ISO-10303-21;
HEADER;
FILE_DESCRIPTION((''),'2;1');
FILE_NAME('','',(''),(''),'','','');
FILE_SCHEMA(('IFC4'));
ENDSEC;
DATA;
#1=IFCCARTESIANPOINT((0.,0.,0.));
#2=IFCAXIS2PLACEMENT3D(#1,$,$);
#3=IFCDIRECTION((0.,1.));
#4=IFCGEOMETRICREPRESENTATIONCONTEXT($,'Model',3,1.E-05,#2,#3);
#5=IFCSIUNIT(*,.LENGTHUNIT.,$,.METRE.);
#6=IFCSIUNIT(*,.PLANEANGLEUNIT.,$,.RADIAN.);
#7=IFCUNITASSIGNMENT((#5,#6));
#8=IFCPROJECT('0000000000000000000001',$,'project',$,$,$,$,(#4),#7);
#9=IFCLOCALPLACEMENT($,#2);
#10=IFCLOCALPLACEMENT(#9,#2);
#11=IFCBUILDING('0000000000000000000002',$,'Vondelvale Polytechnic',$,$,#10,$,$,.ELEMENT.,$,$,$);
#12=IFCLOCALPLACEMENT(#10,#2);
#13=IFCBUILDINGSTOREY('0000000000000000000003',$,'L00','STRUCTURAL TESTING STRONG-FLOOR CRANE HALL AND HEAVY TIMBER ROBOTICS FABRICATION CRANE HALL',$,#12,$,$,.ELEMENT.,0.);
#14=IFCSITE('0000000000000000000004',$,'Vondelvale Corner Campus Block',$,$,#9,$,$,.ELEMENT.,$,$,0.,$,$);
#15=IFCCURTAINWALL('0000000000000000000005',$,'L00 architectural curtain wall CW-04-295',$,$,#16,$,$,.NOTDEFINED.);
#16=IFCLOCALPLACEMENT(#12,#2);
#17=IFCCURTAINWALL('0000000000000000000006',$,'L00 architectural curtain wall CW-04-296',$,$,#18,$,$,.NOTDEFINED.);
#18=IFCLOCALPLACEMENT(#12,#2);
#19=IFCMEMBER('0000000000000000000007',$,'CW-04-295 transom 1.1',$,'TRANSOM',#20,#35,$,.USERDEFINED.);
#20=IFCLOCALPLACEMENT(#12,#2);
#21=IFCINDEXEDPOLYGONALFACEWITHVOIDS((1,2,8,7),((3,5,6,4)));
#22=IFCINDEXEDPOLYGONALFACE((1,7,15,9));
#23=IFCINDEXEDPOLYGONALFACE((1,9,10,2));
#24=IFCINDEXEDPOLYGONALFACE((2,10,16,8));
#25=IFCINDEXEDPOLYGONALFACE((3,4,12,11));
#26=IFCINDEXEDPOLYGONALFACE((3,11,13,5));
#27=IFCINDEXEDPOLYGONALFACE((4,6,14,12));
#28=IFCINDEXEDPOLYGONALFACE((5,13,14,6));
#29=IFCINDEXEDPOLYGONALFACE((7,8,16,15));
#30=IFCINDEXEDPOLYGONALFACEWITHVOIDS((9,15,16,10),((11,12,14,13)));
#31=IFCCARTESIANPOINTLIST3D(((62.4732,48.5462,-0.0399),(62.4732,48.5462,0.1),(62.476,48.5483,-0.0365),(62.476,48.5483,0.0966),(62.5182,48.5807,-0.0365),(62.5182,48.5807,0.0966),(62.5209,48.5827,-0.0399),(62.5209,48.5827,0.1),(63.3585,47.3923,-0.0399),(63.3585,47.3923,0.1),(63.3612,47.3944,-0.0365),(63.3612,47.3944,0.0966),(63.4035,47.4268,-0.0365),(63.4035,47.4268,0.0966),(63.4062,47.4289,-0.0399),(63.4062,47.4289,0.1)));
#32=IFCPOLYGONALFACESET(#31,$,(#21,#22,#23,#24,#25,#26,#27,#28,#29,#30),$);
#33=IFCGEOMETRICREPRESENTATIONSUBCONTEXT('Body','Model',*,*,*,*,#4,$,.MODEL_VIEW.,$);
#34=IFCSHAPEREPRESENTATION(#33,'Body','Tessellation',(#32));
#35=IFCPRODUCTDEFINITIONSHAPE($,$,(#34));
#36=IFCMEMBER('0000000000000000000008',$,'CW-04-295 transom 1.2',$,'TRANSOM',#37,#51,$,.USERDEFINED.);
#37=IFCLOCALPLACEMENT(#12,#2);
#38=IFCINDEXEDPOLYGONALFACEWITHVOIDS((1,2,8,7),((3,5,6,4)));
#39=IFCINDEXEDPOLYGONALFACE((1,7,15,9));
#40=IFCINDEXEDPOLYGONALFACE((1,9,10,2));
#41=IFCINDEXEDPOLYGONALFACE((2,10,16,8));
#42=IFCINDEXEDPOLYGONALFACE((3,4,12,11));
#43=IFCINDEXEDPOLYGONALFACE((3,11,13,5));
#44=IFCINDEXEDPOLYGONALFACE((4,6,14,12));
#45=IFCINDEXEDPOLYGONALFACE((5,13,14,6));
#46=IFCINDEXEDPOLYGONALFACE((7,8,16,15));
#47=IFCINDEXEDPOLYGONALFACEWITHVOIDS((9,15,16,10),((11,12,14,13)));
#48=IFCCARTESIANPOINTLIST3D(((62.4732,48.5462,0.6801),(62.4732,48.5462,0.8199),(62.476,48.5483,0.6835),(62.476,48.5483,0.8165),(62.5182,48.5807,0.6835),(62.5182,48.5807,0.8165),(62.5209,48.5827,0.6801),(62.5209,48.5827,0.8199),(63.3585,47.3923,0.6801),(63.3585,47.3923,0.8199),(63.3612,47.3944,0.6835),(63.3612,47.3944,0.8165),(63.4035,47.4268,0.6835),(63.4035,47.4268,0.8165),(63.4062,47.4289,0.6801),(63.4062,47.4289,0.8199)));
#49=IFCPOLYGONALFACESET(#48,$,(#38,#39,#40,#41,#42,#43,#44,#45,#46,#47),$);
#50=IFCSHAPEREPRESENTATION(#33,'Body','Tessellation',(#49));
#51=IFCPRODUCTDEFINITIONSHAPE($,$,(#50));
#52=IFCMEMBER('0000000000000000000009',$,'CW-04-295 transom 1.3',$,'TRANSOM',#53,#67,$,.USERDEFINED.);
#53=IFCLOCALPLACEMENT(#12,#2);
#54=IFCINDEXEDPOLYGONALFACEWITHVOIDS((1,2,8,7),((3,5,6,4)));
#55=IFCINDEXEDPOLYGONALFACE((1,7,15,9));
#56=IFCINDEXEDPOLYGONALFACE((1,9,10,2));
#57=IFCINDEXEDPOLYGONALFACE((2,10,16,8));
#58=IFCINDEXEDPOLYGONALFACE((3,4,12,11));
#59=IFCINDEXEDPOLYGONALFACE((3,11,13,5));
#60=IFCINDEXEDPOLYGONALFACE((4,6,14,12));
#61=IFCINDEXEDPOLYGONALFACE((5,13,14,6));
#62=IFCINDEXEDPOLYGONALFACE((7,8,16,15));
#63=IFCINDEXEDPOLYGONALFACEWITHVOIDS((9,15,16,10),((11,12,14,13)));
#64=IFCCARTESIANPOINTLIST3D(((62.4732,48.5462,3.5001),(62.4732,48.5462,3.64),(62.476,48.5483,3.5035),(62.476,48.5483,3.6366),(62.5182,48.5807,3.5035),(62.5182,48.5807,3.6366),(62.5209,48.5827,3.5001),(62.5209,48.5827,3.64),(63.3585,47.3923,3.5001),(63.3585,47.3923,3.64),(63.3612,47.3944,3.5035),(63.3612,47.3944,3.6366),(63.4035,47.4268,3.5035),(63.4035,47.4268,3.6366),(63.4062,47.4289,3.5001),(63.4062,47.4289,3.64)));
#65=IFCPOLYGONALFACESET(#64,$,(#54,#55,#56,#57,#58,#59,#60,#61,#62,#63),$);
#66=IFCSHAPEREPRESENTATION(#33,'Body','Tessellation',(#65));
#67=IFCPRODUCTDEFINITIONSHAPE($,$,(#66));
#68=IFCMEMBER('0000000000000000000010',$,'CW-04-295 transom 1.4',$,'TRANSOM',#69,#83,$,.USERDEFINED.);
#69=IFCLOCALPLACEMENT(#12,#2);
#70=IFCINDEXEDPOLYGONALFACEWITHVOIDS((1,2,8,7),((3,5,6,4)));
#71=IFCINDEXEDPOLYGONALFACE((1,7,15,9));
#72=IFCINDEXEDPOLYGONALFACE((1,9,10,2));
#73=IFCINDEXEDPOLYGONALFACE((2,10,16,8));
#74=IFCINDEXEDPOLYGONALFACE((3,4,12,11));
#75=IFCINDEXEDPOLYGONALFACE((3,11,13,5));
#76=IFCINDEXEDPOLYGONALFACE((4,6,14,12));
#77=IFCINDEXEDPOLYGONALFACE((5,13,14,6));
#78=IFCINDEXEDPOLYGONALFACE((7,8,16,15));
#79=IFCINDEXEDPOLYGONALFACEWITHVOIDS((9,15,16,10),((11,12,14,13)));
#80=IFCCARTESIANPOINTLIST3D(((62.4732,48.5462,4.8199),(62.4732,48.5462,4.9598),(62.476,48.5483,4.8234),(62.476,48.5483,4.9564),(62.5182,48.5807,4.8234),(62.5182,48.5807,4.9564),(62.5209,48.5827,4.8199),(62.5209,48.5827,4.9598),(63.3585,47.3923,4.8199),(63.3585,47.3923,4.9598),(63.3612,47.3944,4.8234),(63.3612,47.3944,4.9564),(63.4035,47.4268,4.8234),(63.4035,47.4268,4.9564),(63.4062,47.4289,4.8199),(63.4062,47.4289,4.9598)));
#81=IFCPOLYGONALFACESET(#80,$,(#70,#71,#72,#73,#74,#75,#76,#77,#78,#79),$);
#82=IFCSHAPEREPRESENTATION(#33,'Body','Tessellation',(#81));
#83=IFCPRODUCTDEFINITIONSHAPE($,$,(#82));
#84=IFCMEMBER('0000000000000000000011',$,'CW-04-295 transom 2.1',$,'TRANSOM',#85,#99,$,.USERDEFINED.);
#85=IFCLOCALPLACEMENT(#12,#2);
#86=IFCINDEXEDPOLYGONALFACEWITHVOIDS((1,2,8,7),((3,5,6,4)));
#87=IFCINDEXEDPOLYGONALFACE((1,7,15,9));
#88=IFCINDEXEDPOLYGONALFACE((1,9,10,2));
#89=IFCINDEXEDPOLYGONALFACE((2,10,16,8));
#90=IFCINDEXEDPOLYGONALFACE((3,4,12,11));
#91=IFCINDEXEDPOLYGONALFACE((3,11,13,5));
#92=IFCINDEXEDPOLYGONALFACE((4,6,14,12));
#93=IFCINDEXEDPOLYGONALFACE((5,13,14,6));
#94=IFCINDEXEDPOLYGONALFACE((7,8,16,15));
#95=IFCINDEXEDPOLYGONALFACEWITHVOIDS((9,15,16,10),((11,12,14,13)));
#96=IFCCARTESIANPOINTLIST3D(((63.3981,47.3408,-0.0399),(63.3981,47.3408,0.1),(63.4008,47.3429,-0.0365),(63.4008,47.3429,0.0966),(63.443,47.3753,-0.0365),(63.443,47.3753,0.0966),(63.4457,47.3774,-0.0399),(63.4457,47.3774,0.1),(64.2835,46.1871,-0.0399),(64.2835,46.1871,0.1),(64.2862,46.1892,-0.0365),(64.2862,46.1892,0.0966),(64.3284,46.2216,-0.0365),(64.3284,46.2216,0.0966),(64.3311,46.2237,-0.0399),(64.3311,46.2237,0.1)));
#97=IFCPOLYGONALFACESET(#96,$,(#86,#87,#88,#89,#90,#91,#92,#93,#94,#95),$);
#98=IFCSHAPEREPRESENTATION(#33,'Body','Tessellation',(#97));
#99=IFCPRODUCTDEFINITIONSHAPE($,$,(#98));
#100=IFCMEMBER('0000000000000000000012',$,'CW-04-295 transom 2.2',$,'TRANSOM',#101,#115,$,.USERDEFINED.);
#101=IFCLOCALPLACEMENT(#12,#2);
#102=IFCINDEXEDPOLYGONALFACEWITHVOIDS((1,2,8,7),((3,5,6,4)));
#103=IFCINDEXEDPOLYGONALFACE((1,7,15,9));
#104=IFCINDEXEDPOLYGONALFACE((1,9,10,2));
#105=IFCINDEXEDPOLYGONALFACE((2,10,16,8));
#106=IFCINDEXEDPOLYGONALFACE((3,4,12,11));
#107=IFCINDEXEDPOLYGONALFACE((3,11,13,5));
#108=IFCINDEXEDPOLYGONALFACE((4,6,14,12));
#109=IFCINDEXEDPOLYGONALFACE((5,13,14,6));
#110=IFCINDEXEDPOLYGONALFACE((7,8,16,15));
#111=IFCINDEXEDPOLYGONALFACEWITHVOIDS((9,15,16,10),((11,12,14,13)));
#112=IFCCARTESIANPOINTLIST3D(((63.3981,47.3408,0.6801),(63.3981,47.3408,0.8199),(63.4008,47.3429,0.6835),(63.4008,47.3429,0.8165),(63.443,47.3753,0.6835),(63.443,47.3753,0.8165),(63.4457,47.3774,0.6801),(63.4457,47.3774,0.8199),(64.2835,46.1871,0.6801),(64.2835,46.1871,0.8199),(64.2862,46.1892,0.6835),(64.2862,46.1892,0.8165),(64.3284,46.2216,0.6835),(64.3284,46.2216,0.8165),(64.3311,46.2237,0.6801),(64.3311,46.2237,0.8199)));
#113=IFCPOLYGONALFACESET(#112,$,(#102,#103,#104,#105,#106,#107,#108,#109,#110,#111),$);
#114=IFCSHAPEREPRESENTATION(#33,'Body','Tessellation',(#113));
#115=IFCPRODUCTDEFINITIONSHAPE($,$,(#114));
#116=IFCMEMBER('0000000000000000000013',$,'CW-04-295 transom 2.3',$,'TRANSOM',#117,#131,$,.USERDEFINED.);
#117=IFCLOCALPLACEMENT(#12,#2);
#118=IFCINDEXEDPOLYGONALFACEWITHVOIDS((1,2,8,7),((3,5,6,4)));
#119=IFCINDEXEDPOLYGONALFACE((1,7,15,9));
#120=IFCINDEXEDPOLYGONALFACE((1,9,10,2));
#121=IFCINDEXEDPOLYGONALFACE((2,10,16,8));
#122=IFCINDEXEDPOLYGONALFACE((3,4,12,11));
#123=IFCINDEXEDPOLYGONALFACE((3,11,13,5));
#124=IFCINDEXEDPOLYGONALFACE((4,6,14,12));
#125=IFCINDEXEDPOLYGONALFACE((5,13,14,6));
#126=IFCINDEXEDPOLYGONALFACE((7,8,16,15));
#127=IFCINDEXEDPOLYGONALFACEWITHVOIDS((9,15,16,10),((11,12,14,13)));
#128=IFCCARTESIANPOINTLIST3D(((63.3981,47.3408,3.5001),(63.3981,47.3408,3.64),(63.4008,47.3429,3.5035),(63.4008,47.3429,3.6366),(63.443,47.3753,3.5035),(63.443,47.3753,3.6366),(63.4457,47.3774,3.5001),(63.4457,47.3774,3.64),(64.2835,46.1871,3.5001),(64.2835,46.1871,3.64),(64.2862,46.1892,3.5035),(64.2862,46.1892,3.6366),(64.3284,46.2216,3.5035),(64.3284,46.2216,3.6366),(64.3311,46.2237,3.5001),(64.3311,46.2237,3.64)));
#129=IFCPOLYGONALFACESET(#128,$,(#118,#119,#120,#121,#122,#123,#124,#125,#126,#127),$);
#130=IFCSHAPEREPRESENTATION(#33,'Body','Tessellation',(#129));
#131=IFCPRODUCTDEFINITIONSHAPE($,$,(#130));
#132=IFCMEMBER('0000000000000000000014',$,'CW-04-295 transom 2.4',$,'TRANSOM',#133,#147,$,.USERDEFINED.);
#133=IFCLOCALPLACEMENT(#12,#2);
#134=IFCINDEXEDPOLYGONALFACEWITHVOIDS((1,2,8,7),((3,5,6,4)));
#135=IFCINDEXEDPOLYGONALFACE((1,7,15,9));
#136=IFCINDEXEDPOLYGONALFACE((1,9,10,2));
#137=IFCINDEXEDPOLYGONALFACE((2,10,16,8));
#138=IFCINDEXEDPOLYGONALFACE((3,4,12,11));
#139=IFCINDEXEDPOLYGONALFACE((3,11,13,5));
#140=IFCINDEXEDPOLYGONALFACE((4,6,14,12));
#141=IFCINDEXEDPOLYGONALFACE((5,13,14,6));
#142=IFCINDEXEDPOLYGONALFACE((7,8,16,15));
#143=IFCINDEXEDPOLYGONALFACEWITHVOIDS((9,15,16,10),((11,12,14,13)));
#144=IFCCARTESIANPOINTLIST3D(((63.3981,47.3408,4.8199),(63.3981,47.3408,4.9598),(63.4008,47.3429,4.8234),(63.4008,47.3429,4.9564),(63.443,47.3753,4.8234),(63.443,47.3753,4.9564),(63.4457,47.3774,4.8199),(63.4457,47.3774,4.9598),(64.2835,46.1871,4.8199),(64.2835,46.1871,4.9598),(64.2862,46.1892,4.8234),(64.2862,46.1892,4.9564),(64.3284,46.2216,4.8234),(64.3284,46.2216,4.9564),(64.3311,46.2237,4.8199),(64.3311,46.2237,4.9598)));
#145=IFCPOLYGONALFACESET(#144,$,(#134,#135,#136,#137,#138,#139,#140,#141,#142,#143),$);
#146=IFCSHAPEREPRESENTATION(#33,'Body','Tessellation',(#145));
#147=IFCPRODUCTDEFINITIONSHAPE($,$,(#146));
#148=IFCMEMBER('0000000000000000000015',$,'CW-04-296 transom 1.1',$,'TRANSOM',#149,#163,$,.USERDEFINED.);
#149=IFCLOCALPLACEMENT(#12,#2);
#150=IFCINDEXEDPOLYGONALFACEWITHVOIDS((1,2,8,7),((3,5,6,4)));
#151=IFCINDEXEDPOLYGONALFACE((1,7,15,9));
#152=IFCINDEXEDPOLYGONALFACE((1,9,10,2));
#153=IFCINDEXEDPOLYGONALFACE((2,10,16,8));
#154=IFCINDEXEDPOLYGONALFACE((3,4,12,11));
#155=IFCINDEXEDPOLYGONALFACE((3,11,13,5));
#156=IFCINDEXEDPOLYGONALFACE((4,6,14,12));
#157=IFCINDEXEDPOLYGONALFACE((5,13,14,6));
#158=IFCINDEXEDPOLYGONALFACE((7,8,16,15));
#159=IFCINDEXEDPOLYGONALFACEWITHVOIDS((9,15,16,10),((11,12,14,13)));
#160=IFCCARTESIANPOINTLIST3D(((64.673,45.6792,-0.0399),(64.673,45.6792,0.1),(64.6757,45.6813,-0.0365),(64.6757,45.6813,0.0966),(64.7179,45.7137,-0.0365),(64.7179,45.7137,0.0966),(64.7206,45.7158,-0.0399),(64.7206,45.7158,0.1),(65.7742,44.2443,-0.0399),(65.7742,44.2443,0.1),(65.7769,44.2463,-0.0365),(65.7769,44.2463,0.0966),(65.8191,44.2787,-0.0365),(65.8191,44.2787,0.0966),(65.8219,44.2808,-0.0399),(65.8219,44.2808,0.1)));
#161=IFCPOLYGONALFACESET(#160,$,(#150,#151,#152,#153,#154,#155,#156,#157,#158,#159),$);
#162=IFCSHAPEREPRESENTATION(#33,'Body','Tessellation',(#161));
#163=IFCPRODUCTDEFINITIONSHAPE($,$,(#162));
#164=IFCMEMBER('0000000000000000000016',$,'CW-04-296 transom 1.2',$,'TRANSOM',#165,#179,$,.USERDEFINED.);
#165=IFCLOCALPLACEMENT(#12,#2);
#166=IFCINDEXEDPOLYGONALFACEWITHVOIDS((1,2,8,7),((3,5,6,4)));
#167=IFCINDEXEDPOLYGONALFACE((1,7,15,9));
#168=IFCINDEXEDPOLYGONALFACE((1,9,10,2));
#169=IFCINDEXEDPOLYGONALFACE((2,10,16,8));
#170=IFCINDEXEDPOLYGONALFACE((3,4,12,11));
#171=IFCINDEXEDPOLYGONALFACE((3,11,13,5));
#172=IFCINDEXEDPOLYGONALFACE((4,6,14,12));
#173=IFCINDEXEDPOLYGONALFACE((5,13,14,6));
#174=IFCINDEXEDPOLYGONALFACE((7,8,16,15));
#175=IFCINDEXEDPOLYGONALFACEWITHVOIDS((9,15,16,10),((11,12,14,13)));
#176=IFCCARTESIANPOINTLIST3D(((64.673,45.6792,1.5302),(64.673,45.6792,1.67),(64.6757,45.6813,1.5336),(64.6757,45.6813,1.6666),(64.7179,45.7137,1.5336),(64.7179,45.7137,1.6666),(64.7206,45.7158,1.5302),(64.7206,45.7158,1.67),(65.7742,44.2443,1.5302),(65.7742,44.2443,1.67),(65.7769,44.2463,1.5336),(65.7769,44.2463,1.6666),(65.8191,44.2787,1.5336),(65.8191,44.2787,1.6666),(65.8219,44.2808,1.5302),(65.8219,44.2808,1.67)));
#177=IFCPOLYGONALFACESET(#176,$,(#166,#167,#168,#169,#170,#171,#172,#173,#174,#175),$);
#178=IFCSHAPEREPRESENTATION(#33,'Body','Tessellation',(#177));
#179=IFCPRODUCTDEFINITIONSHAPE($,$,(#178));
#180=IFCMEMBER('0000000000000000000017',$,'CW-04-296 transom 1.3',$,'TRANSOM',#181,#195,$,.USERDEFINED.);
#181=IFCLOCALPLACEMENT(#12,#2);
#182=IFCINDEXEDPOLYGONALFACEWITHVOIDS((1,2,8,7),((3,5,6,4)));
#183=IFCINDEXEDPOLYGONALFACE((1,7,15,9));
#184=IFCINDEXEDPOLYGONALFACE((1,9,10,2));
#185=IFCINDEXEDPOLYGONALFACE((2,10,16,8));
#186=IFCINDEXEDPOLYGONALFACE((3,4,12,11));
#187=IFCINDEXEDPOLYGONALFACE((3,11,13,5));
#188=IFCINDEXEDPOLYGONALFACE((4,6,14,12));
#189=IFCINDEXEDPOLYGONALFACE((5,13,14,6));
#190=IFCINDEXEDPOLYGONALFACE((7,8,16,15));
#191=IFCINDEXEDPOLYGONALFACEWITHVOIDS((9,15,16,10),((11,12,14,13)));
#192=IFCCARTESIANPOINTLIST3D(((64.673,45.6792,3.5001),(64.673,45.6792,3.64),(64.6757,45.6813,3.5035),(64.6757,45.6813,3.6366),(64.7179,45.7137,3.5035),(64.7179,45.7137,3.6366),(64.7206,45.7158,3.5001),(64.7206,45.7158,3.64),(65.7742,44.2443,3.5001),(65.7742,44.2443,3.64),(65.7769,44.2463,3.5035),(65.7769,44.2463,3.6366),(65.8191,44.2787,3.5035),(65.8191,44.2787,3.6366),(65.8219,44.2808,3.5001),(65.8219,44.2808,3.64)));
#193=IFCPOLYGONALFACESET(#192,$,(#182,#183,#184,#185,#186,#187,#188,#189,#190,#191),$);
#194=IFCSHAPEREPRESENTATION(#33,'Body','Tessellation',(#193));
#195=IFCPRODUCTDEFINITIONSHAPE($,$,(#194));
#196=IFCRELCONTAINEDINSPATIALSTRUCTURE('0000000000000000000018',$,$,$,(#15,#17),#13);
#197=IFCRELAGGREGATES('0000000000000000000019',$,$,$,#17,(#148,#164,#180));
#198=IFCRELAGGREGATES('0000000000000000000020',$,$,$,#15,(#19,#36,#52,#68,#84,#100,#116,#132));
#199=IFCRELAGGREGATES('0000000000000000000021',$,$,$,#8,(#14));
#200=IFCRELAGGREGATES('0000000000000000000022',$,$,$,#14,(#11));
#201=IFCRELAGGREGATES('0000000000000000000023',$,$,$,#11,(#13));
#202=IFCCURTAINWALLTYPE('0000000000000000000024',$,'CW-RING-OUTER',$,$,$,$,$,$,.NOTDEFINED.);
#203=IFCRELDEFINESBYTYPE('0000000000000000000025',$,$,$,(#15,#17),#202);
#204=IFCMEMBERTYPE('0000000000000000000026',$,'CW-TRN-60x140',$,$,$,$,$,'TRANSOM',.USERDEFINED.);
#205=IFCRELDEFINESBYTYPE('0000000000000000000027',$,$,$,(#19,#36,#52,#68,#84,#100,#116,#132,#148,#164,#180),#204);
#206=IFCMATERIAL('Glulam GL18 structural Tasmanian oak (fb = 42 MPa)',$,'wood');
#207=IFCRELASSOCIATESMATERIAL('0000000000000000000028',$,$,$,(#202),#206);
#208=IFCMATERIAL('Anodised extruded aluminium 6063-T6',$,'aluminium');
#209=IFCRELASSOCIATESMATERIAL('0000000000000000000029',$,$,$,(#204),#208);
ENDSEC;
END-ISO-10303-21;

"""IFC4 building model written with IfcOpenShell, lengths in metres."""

from ifc_helpers import new_model, si_unit, direction, frame, origin, origin_2d, place, context, subcontext, project, spatial, hollow_rectangle, extrude, material, material_profile, profile_set, type_object, element, aggregate, save


model = new_model("IFC4")

# Units and contexts
model_context = context("Model", 3, precision=1e-05, world=origin(), true_north=direction((0.0, 1.0)))
body_context = subcontext(model_context, "Body", "Model", "MODEL_VIEW")
ifc_project = project(units=[si_unit("LENGTHUNIT", "METRE"), si_unit("PLANEANGLEUNIT", "RADIAN")], contexts=[model_context])

# Site, building, storey
site_placement = place(None, origin())
site = spatial("IfcSite", under=ifc_project, at=site_placement, Name="Vondelvale Corner Campus Block", CompositionType="ELEMENT", RefElevation=0.0)
building_placement = place(site_placement, origin())
building = spatial("IfcBuilding", under=site, at=building_placement, Name="Vondelvale Polytechnic", CompositionType="ELEMENT")
storey_placement = place(building_placement, origin())
storey = spatial("IfcBuildingStorey", under=building, at=storey_placement, Name="L00", Description="STRUCTURAL TESTING STRONG-FLOOR CRANE HALL AND HEAVY TIMBER ROBOTICS FABRICATION CRANE HALL", CompositionType="ELEMENT", Elevation=0.0)

# Shared definitions
ifc_material_1 = material(Name="Glulam GL18 structural Tasmanian oak (fb = 42 MPa)", Category="wood")

# Curtain wall
curtain_wall_type = type_object("IfcCurtainWallType", Name="CW-RING-OUTER", PredefinedType="NOTDEFINED", material=ifc_material_1)
curtain_wall_1_placement = place(storey_placement, origin())
curtain_wall_1 = element("IfcCurtainWall", 1, at=curtain_wall_1_placement, inside=storey, type_object=curtain_wall_type, Name="L00 architectural curtain wall CW-04-295", PredefinedType="NOTDEFINED")
ifc_material_2 = material(Name="Anodised extruded aluminium 6063-T6", Category="aluminium")

# Curtain wall
curtain_wall_2_placement = place(storey_placement, origin())
curtain_wall_2 = element("IfcCurtainWall", 2, at=curtain_wall_2_placement, inside=storey, type_object=curtain_wall_type, Name="L00 architectural curtain wall CW-04-296", PredefinedType="NOTDEFINED")

# Members
ifc_material_profile_1 = material_profile(ifc_material_2, hollow_rectangle(XDim=0.0601, YDim=0.1399, WallThickness=0.0034, at=origin_2d()), Name="CW-TRN-140x60")
ifc_profile_set_1 = profile_set([ifc_material_profile_1], Name="Anodised extruded aluminium 6063-T6")
member_type_1 = type_object("IfcMemberType", Name="CW-TRN-60x140", ElementType="TRANSOM", PredefinedType="USERDEFINED", material=ifc_profile_set_1)
member_1_placement = place(storey_placement, frame((62.4971, 48.5645, 0.03), z_axis=(0.608721, -0.793385, 0.0), x_axis=(0.793385, 0.608721, 0.0)))
member_1 = element("IfcMember", 3, at=member_1_placement, type_object=member_type_1, Name="CW-04-295 transom 1.1", ObjectType="TRANSOM", PredefinedType="USERDEFINED", context=body_context, shape_type="SweptSolid", body=[
    extrude(hollow_rectangle(XDim=0.0601, YDim=0.1399, WallThickness=0.0034, at=origin_2d()), origin(), (0.0, 0.0, 1.0), 1.4543),
])
member_2_placement = place(storey_placement, frame((62.4971, 48.5645, 0.75), z_axis=(0.608721, -0.793385, 0.0), x_axis=(0.793385, 0.608721, 0.0)))
member_2 = element("IfcMember", 4, at=member_2_placement, type_object=member_type_1, Name="CW-04-295 transom 1.2", ObjectType="TRANSOM", PredefinedType="USERDEFINED", context=body_context, shape_type="SweptSolid", body=[
    extrude(hollow_rectangle(XDim=0.0601, YDim=0.1399, WallThickness=0.0034, at=origin_2d()), origin(), (0.0, 0.0, 1.0), 1.4543),
])
member_3_placement = place(storey_placement, frame((62.4971, 48.5645, 3.5701), z_axis=(0.608721, -0.793385, 0.0), x_axis=(0.793385, 0.608721, 0.0)))
member_3 = element("IfcMember", 5, at=member_3_placement, type_object=member_type_1, Name="CW-04-295 transom 1.3", ObjectType="TRANSOM", PredefinedType="USERDEFINED", context=body_context, shape_type="SweptSolid", body=[
    extrude(hollow_rectangle(XDim=0.0601, YDim=0.1399, WallThickness=0.0034, at=origin_2d()), origin(), (0.0, 0.0, 1.0), 1.4543),
])
member_4_placement = place(storey_placement, frame((62.4971, 48.5645, 4.8899), z_axis=(0.608721, -0.793385, 0.0), x_axis=(0.793385, 0.608721, 0.0)))
member_4 = element("IfcMember", 6, at=member_4_placement, type_object=member_type_1, Name="CW-04-295 transom 1.4", ObjectType="TRANSOM", PredefinedType="USERDEFINED", context=body_context, shape_type="SweptSolid", body=[
    extrude(hollow_rectangle(XDim=0.0601, YDim=0.1399, WallThickness=0.0034, at=origin_2d()), origin(), (0.0, 0.0, 1.0), 1.4543),
])
member_5_placement = place(storey_placement, frame((63.4219, 47.3591, 0.03), z_axis=(0.608826, -0.793304, 0.0), x_axis=(0.793304, 0.608826, 0.0)))
member_5 = element("IfcMember", 7, at=member_5_placement, type_object=member_type_1, Name="CW-04-295 transom 2.1", ObjectType="TRANSOM", PredefinedType="USERDEFINED", context=body_context, shape_type="SweptSolid", body=[
    extrude(hollow_rectangle(XDim=0.0601, YDim=0.1399, WallThickness=0.0034, at=origin_2d()), origin(), (0.0, 0.0, 1.0), 1.4543),
])
member_6_placement = place(storey_placement, frame((63.4219, 47.3591, 0.75), z_axis=(0.608826, -0.793304, 0.0), x_axis=(0.793304, 0.608826, 0.0)))
member_6 = element("IfcMember", 8, at=member_6_placement, type_object=member_type_1, Name="CW-04-295 transom 2.2", ObjectType="TRANSOM", PredefinedType="USERDEFINED", context=body_context, shape_type="SweptSolid", body=[
    extrude(hollow_rectangle(XDim=0.0601, YDim=0.1399, WallThickness=0.0034, at=origin_2d()), origin(), (0.0, 0.0, 1.0), 1.4543),
])
member_7_placement = place(storey_placement, frame((63.4219, 47.3591, 3.5701), z_axis=(0.608826, -0.793304, 0.0), x_axis=(0.793304, 0.608826, 0.0)))
member_7 = element("IfcMember", 9, at=member_7_placement, type_object=member_type_1, Name="CW-04-295 transom 2.3", ObjectType="TRANSOM", PredefinedType="USERDEFINED", context=body_context, shape_type="SweptSolid", body=[
    extrude(hollow_rectangle(XDim=0.0601, YDim=0.1399, WallThickness=0.0034, at=origin_2d()), origin(), (0.0, 0.0, 1.0), 1.4543),
])
member_8_placement = place(storey_placement, frame((63.4219, 47.3591, 4.8899), z_axis=(0.608826, -0.793304, 0.0), x_axis=(0.793304, 0.608826, 0.0)))
member_8 = element("IfcMember", 10, at=member_8_placement, type_object=member_type_1, Name="CW-04-295 transom 2.4", ObjectType="TRANSOM", PredefinedType="USERDEFINED", context=body_context, shape_type="SweptSolid", body=[
    extrude(hollow_rectangle(XDim=0.0601, YDim=0.1399, WallThickness=0.0034, at=origin_2d()), origin(), (0.0, 0.0, 1.0), 1.4543),
])
member_9_placement = place(storey_placement, frame((64.6968, 45.6975, 0.03), z_axis=(0.608817, -0.793311, 0.0), x_axis=(0.793311, 0.608817, 0.0)))
member_9 = element("IfcMember", 11, at=member_9_placement, type_object=member_type_1, Name="CW-04-296 transom 1.1", ObjectType="TRANSOM", PredefinedType="USERDEFINED", context=body_context, shape_type="SweptSolid", body=[
    extrude(hollow_rectangle(XDim=0.0601, YDim=0.1399, WallThickness=0.0034, at=origin_2d()), origin(), (0.0, 0.0, 1.0), 1.8088),
])
member_10_placement = place(storey_placement, frame((64.6968, 45.6975, 1.6001), z_axis=(0.608817, -0.793311, 0.0), x_axis=(0.793311, 0.608817, 0.0)))
member_10 = element("IfcMember", 12, at=member_10_placement, type_object=member_type_1, Name="CW-04-296 transom 1.2", ObjectType="TRANSOM", PredefinedType="USERDEFINED", context=body_context, shape_type="SweptSolid", body=[
    extrude(hollow_rectangle(XDim=0.0601, YDim=0.1399, WallThickness=0.0034, at=origin_2d()), origin(), (0.0, 0.0, 1.0), 1.8088),
])
member_11_placement = place(storey_placement, frame((64.6968, 45.6975, 3.5701), z_axis=(0.608817, -0.793311, 0.0), x_axis=(0.793311, 0.608817, 0.0)))
member_11 = element("IfcMember", 13, at=member_11_placement, type_object=member_type_1, Name="CW-04-296 transom 1.3", ObjectType="TRANSOM", PredefinedType="USERDEFINED", context=body_context, shape_type="SweptSolid", body=[
    extrude(hollow_rectangle(XDim=0.0601, YDim=0.1399, WallThickness=0.0034, at=origin_2d()), origin(), (0.0, 0.0, 1.0), 1.8088),
])

aggregate(curtain_wall_2, [member_9, member_10, member_11])
aggregate(curtain_wall_1, [member_1, member_2, member_3, member_4, member_5, member_6, member_7, member_8])

save(model, "model.ifc")
